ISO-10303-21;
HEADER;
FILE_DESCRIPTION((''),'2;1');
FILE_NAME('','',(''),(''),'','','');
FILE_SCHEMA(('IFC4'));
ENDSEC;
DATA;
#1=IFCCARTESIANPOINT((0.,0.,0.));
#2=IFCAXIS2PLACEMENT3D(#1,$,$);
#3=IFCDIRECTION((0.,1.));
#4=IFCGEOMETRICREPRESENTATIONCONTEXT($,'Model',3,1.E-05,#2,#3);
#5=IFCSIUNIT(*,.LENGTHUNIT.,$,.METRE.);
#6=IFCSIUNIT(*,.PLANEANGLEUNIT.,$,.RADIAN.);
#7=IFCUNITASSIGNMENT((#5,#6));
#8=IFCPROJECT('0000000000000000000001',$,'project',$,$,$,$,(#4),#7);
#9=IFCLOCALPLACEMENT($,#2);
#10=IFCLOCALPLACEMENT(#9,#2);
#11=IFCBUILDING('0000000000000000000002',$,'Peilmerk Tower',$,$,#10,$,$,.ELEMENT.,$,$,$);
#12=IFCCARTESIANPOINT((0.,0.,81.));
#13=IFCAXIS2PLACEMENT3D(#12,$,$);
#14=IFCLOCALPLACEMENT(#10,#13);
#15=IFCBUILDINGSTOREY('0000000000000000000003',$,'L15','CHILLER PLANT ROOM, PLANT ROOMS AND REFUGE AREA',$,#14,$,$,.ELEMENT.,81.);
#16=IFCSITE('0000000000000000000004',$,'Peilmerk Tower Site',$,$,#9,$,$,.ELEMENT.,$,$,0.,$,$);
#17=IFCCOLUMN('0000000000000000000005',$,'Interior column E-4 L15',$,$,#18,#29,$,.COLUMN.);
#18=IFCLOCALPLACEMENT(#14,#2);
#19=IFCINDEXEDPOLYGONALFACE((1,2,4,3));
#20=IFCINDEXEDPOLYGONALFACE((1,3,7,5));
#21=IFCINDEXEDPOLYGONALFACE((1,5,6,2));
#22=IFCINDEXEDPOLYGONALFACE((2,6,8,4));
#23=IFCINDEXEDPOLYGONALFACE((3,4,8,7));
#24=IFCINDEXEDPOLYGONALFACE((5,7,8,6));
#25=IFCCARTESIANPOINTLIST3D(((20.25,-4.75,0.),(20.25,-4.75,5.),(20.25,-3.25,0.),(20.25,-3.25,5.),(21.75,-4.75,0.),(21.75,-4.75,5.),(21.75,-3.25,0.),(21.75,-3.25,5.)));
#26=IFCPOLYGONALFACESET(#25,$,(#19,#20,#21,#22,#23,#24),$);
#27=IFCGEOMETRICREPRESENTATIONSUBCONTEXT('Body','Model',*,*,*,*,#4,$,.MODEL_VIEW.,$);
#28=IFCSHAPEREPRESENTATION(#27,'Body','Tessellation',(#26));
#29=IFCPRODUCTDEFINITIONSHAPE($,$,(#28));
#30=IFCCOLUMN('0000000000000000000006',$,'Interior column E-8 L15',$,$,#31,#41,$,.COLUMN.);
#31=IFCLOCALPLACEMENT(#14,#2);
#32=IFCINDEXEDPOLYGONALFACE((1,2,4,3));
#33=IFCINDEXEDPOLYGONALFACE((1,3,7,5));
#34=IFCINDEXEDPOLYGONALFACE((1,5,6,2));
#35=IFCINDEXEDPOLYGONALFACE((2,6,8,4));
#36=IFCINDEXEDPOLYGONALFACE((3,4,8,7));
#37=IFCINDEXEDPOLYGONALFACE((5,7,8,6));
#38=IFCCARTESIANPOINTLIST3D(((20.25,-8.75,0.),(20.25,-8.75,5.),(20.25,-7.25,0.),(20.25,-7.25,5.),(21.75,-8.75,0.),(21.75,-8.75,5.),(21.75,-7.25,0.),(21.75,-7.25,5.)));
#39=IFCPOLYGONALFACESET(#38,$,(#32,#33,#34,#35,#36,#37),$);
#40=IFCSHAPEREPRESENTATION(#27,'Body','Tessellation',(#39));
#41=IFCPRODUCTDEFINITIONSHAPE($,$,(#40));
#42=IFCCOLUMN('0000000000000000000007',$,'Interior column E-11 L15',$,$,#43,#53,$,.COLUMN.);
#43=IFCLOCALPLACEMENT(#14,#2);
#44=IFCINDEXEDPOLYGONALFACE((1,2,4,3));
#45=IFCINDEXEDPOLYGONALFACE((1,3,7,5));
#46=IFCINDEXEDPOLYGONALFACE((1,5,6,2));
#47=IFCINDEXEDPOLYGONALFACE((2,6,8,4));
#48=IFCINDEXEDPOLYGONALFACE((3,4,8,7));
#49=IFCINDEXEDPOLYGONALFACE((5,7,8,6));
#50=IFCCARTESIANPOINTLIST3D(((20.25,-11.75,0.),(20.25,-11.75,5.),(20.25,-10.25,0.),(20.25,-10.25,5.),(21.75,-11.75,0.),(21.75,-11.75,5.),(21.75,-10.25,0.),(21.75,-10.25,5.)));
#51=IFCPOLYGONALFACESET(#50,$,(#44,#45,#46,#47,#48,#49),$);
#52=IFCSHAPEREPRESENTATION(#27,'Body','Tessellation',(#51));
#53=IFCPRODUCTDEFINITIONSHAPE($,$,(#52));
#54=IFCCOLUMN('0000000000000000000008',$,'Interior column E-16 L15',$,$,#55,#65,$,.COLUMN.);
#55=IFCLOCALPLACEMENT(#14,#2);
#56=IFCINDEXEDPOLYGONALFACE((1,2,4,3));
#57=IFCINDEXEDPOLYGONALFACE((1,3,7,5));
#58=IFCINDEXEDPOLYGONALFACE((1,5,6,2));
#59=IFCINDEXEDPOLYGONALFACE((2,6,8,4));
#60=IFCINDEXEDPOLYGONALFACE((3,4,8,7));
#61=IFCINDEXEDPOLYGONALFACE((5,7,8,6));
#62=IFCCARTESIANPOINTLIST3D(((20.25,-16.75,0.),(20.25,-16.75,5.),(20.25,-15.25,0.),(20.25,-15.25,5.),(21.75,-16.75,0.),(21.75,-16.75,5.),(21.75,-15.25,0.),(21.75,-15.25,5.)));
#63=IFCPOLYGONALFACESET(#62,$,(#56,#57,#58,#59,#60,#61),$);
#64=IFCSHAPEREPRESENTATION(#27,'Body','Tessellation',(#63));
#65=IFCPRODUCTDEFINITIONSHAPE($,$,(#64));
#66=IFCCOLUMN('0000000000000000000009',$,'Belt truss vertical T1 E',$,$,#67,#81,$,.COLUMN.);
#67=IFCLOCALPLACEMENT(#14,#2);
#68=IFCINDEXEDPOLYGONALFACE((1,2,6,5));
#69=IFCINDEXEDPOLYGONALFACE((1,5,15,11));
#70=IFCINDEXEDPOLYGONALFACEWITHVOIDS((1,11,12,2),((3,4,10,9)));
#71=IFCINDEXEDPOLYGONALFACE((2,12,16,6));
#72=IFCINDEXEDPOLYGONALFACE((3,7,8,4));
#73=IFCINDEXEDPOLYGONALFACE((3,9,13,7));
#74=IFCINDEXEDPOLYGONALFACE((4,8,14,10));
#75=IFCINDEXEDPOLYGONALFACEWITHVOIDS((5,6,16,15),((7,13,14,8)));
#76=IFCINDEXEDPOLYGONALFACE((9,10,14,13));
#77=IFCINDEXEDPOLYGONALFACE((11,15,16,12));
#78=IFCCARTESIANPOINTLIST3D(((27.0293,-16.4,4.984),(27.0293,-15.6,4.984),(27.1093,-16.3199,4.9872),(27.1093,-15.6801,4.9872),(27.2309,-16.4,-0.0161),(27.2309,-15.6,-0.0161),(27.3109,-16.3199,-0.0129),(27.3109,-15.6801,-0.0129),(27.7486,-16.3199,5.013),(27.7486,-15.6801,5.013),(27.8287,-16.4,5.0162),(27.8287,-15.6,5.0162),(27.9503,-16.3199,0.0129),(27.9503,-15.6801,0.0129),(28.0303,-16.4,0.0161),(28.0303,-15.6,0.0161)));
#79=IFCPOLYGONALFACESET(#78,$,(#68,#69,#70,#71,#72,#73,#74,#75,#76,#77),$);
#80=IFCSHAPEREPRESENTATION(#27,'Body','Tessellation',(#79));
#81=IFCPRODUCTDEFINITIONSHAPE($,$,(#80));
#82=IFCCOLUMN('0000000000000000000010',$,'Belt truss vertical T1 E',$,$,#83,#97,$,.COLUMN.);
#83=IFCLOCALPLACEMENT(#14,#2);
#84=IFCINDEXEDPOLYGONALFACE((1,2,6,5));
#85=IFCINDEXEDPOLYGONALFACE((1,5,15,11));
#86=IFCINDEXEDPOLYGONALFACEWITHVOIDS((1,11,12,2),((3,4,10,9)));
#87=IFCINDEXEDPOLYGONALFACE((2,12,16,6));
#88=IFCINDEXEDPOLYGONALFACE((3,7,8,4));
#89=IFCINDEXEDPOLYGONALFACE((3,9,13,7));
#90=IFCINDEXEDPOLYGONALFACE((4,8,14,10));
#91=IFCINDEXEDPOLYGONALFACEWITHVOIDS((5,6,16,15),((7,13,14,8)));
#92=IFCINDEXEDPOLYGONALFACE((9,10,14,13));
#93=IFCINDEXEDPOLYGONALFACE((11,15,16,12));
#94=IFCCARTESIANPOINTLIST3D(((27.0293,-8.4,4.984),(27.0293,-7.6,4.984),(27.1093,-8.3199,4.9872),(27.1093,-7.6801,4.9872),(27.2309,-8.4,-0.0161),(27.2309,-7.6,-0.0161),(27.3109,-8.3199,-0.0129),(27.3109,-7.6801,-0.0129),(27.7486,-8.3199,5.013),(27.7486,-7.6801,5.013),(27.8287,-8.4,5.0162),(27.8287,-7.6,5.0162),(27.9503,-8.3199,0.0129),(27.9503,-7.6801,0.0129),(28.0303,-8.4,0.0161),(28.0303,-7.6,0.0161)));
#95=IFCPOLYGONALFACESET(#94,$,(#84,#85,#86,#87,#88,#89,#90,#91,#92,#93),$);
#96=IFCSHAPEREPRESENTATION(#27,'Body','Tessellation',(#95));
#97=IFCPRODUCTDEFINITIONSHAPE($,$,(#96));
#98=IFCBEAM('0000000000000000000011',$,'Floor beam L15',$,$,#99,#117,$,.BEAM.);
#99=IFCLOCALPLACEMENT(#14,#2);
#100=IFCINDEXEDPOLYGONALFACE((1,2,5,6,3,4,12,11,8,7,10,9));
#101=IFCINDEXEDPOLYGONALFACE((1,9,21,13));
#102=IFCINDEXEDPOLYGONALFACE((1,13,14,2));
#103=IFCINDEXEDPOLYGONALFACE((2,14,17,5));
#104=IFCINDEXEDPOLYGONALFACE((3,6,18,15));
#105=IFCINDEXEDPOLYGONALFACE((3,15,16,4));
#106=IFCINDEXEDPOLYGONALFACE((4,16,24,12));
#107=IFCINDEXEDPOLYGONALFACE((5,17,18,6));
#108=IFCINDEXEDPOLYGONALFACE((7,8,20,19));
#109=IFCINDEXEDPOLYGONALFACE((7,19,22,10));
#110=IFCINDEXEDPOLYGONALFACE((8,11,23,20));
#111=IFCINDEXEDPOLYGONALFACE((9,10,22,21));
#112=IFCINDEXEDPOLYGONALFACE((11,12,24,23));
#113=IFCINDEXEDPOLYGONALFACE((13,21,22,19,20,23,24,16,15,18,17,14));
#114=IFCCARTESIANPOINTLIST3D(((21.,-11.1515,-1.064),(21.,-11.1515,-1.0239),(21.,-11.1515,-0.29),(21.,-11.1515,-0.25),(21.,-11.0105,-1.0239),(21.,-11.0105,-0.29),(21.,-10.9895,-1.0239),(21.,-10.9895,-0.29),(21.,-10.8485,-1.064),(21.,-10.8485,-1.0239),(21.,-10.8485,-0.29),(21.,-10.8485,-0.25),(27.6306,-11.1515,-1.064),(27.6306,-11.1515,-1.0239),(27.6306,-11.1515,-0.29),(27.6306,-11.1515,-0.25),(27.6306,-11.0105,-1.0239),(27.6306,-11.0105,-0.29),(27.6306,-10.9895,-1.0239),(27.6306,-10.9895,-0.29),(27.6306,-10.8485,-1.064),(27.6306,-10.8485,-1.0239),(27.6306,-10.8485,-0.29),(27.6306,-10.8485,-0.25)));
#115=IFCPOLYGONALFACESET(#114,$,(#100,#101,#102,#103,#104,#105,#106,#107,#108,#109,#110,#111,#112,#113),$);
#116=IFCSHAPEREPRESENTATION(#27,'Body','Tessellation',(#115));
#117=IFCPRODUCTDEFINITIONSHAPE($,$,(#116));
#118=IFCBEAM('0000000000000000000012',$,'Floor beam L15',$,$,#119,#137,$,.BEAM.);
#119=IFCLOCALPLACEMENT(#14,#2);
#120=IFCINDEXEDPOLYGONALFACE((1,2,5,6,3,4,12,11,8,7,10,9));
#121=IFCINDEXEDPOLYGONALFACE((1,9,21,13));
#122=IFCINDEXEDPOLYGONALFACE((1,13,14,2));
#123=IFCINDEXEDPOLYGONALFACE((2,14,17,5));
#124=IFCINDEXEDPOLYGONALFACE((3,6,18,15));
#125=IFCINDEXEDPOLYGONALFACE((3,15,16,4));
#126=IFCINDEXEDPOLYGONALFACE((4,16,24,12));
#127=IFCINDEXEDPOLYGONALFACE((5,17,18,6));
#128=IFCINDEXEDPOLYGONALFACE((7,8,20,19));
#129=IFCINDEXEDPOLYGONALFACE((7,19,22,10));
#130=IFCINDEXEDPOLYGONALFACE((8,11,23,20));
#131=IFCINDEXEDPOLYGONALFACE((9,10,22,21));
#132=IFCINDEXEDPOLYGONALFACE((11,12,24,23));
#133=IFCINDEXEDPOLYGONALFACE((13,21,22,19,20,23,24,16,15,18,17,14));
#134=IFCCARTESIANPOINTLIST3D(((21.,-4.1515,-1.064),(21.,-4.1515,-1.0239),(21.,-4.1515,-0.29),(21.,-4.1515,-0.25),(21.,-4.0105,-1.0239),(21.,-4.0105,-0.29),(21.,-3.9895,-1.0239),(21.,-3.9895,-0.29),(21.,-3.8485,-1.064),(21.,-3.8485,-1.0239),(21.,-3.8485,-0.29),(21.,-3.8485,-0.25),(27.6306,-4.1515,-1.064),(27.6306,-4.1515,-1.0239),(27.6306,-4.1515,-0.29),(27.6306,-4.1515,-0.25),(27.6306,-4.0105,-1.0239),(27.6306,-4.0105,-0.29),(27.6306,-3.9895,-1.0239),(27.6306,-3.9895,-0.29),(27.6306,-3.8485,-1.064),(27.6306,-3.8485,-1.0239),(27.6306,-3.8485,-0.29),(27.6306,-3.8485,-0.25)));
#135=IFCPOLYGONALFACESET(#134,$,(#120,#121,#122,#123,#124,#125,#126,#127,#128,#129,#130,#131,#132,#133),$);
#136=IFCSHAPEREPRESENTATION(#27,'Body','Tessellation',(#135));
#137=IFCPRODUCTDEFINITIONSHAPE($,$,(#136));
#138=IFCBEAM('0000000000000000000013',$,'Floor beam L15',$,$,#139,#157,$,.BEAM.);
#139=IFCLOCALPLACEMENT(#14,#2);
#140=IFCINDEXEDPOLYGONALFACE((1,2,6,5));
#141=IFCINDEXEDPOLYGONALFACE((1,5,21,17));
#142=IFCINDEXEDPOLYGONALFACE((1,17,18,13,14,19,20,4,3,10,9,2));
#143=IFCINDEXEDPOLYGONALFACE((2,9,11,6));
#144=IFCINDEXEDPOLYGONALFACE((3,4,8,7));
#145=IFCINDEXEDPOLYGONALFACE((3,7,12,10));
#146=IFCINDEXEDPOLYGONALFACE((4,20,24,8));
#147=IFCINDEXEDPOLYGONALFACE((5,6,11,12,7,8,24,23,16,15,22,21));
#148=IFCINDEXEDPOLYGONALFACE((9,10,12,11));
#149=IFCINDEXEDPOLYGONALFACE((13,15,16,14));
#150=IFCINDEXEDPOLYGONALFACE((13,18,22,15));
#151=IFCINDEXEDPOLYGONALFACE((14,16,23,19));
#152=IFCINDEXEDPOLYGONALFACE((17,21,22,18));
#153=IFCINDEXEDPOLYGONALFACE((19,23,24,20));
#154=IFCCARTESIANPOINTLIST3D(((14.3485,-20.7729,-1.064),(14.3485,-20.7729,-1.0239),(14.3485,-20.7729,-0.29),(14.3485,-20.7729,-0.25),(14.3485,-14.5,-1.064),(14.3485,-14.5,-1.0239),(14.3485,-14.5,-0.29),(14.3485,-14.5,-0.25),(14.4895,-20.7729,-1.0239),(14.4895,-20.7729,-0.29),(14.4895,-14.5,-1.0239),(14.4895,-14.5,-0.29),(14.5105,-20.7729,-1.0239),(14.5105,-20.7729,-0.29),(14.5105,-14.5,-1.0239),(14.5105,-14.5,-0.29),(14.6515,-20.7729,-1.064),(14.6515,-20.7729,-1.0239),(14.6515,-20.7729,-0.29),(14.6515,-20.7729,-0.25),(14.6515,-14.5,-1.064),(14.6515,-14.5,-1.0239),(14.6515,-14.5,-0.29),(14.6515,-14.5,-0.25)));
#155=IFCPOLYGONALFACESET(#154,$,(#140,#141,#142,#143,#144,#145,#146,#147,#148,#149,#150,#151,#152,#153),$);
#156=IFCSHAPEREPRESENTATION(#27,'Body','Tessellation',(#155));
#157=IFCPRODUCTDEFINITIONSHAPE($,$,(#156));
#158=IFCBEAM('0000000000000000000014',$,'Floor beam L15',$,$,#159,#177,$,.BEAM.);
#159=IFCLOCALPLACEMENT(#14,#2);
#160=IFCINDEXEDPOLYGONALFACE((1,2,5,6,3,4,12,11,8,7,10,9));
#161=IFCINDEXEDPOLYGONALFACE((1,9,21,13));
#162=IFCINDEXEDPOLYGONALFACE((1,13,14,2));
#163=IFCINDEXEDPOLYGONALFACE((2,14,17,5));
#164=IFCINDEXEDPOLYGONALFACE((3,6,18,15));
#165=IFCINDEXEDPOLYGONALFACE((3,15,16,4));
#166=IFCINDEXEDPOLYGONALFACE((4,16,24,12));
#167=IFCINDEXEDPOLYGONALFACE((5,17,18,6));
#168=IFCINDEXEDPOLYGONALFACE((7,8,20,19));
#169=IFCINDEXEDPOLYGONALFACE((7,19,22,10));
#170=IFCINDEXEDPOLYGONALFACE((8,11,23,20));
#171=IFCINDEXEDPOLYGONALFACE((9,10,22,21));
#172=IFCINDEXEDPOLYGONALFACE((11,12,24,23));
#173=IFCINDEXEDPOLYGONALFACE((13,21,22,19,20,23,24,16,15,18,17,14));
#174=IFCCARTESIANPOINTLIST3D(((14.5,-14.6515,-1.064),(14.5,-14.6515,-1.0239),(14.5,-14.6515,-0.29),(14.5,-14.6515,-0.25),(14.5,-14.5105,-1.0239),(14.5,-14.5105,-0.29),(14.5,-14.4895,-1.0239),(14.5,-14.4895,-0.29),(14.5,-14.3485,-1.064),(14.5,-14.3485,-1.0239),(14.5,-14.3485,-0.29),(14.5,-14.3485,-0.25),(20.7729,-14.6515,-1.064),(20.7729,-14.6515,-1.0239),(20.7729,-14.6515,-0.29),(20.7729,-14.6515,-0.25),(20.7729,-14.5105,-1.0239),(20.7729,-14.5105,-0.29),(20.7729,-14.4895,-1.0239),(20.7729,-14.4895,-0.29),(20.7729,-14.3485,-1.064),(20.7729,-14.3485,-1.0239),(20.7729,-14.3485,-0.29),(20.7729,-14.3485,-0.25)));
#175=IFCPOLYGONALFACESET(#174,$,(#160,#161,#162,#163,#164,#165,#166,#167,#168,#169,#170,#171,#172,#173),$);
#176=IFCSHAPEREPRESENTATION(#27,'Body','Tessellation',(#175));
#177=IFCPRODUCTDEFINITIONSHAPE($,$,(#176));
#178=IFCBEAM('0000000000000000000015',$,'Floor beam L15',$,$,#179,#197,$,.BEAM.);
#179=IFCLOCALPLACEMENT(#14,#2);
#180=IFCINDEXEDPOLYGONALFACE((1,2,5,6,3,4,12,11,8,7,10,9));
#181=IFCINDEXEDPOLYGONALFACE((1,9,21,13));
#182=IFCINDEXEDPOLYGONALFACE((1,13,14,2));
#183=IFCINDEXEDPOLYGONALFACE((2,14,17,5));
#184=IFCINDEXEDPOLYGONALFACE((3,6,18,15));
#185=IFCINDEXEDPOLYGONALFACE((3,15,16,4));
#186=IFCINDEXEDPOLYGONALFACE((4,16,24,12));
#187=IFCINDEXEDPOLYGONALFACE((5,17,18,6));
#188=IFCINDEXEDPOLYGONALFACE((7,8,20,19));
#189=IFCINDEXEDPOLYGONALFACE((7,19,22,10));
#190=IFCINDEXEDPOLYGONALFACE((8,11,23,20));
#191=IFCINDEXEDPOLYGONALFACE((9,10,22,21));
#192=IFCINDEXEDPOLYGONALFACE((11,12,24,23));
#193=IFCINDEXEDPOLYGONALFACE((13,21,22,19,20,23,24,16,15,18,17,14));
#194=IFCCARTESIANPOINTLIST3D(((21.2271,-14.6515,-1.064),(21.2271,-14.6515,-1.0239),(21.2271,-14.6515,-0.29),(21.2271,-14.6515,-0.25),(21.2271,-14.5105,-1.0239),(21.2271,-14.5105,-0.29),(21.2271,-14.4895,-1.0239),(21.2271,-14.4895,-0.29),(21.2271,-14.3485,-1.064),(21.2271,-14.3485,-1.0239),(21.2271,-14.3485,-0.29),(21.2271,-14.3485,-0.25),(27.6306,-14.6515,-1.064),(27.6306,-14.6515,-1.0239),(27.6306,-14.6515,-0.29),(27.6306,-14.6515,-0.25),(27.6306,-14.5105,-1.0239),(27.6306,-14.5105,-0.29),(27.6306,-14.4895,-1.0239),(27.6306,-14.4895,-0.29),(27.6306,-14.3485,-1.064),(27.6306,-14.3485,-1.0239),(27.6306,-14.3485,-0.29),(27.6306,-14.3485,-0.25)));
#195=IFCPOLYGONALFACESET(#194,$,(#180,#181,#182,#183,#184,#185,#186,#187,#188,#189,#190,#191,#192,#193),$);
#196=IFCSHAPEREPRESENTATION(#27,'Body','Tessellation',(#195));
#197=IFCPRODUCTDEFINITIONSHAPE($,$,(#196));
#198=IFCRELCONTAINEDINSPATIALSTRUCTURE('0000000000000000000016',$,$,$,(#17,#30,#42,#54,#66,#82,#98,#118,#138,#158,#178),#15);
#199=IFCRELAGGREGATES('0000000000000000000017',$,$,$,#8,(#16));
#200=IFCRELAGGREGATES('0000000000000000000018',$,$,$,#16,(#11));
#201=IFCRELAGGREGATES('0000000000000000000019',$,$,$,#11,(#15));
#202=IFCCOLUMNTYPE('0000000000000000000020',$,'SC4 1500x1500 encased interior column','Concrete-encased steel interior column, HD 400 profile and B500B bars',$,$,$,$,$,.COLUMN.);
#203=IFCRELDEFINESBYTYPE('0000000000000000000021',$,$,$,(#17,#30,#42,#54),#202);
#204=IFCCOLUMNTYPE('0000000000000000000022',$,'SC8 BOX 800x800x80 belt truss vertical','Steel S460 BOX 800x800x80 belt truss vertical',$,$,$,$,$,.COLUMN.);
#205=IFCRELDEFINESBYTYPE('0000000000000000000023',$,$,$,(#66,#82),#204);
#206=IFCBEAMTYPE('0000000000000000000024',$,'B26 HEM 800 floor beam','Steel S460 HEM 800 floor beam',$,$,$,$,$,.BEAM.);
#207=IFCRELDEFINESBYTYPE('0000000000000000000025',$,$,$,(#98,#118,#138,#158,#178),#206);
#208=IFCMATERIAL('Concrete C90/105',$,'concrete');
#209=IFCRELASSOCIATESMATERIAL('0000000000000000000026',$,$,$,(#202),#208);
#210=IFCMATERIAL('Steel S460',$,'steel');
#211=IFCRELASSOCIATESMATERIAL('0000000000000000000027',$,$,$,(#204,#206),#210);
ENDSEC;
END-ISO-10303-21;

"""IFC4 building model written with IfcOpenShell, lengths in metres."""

from ifc_helpers import new_model, si_unit, direction, frame, origin, origin_2d, place, context, subcontext, project, spatial, rectangle, hollow_rectangle, i_section, extrude, material, material_profile, profile_set, type_object, element, save


model = new_model("IFC4")

# Units and contexts
model_context = context("Model", 3, precision=1e-05, world=origin(), true_north=direction((0.0, 1.0)))
body_context = subcontext(model_context, "Body", "Model", "MODEL_VIEW")
ifc_project = project(units=[si_unit("LENGTHUNIT", "METRE"), si_unit("PLANEANGLEUNIT", "RADIAN")], contexts=[model_context])

# Site, building, storey
site_placement = place(None, origin())
site = spatial("IfcSite", under=ifc_project, at=site_placement, Name="Peilmerk Tower Site", CompositionType="ELEMENT", RefElevation=0.0)
building_placement = place(site_placement, origin())
building = spatial("IfcBuilding", under=site, at=building_placement, Name="Peilmerk Tower", CompositionType="ELEMENT")
storey_placement = place(building_placement, frame((0.0, 0.0, 81.0)))
storey = spatial("IfcBuildingStorey", under=building, at=storey_placement, Name="L15", Description="CHILLER PLANT ROOM, PLANT ROOMS AND REFUGE AREA", CompositionType="ELEMENT", Elevation=81.0)

# Columns
ifc_material_1 = material(Name="Concrete C90/105", Category="concrete")
ifc_material_profile_1 = material_profile(ifc_material_1, rectangle(XDim=1.5, YDim=1.5, at=origin_2d()), Name="RC 1500x1500")
ifc_profile_set_1 = profile_set([ifc_material_profile_1], Name="Concrete C90/105")
column_type_1 = type_object("IfcColumnType", Name="SC4 1500x1500 encased interior column", Description="Concrete-encased steel interior column, HD 400 profile and B500B bars", PredefinedType="COLUMN", material=ifc_profile_set_1)
for number, where, z_axis, x_axis, name in (
    (1, (21.0, -4.0, 0.0), (0.0, 0.0, 1.0), (1.0, 0.0, 0.0), "Interior column E-4 L15"),
    (2, (21.0, -8.0, 0.0), (0.0, 0.0, 1.0), (1.0, 0.0, 0.0), "Interior column E-8 L15"),
    (3, (21.0, -11.0, 0.0), (0.0, 0.0, 1.0), (1.0, 0.0, 0.0), "Interior column E-11 L15"),
    (4, (21.0, -16.0, 0.0), (0.0, 0.0, 1.0), (1.0, 0.0, 0.0), "Interior column E-16 L15"),
):
    element("IfcColumn", number, at=place(storey_placement, frame(where, z_axis=z_axis, x_axis=x_axis)), inside=storey, type_object=column_type_1, Name=name, PredefinedType="COLUMN", context=body_context, shape_type="SweptSolid", body=[
        extrude(rectangle(XDim=1.5, YDim=1.5, at=origin_2d()), origin(), (0.0, 0.0, 1.0), 5.0),
    ])
ifc_material_2 = material(Name="Steel S460", Category="steel")
ifc_material_profile_2 = material_profile(ifc_material_2, hollow_rectangle(XDim=0.8, YDim=0.8, WallThickness=0.0801, at=origin_2d()), Name="BOX 800x800x80")
ifc_profile_set_2 = profile_set([ifc_material_profile_2], Name="Steel S460")
column_type_2 = type_object("IfcColumnType", Name="SC8 BOX 800x800x80 belt truss vertical", Description="Steel S460 BOX 800x800x80 belt truss vertical", PredefinedType="COLUMN", material=ifc_profile_set_2)
for number, where, z_axis, x_axis, name in (
    (5, (27.6306, -16.0, 0.0), (-0.040299, 0.0, 0.999188), (0.0, -1.0, 0.0), "Belt truss vertical T1 E"),
    (6, (27.6306, -8.0, 0.0), (-0.040299, 0.0, 0.999188), (0.0, -1.0, 0.0), "Belt truss vertical T1 E"),
):
    element("IfcColumn", number, at=place(storey_placement, frame(where, z_axis=z_axis, x_axis=x_axis)), inside=storey, type_object=column_type_2, Name=name, PredefinedType="COLUMN", context=body_context, shape_type="SweptSolid", body=[
        extrude(hollow_rectangle(XDim=0.8, YDim=0.8, WallThickness=0.0801, at=origin_2d()), origin(), (0.0, 0.0, 1.0), 5.0042),
    ])

# Beams
ifc_material_profile_3 = material_profile(ifc_material_2, i_section(OverallWidth=0.303, OverallDepth=0.814, WebThickness=0.021, FlangeThickness=0.04, at=origin_2d()), Name="HEM 800")
ifc_profile_set_3 = profile_set([ifc_material_profile_3], Name="Steel S460")
beam_type_1 = type_object("IfcBeamType", Name="B26 HEM 800 floor beam", Description="Steel S460 HEM 800 floor beam", PredefinedType="BEAM", material=ifc_profile_set_3)
for number, where, z_axis, x_axis, name in (
    (7, (21.0, -11.0, -0.657), (1.0, 0.0, 0.0), (0.0, 1.0, 0.0), "Floor beam L15"),
    (8, (21.0, -4.0, -0.657), (1.0, 0.0, 0.0), (0.0, 1.0, 0.0), "Floor beam L15"),
):
    element("IfcBeam", number, at=place(storey_placement, frame(where, z_axis=z_axis, x_axis=x_axis)), inside=storey, type_object=beam_type_1, Name=name, PredefinedType="BEAM", context=body_context, shape_type="SweptSolid", body=[
        extrude(i_section(OverallWidth=0.303, OverallDepth=0.814, WebThickness=0.021, FlangeThickness=0.04, at=origin_2d()), origin(), (0.0, 0.0, 1.0), 6.6306),
    ])
for number, where, z_axis, x_axis, name in (
    (9, (14.5, -14.5, -0.657), (0.0, -1.0, 0.0), (1.0, 0.0, 0.0), "Floor beam L15"),
    (10, (14.5, -14.5, -0.657), (1.0, 0.0, 0.0), (0.0, 1.0, 0.0), "Floor beam L15"),
):
    element("IfcBeam", number, at=place(storey_placement, frame(where, z_axis=z_axis, x_axis=x_axis)), inside=storey, type_object=beam_type_1, Name=name, PredefinedType="BEAM", context=body_context, shape_type="SweptSolid", body=[
        extrude(i_section(OverallWidth=0.303, OverallDepth=0.814, WebThickness=0.021, FlangeThickness=0.04, at=origin_2d()), origin(), (0.0, 0.0, 1.0), 6.2729),
    ])
beam_1_placement = place(storey_placement, frame((21.2271, -14.5, -0.657), z_axis=(1.0, 0.0, 0.0), x_axis=(0.0, 1.0, 0.0)))
element("IfcBeam", 11, at=beam_1_placement, inside=storey, type_object=beam_type_1, Name="Floor beam L15", PredefinedType="BEAM", context=body_context, shape_type="SweptSolid", body=[
    extrude(i_section(OverallWidth=0.303, OverallDepth=0.814, WebThickness=0.021, FlangeThickness=0.04, at=origin_2d()), origin(), (0.0, 0.0, 1.0), 6.4036),
])

save(model, "model.ifc")
